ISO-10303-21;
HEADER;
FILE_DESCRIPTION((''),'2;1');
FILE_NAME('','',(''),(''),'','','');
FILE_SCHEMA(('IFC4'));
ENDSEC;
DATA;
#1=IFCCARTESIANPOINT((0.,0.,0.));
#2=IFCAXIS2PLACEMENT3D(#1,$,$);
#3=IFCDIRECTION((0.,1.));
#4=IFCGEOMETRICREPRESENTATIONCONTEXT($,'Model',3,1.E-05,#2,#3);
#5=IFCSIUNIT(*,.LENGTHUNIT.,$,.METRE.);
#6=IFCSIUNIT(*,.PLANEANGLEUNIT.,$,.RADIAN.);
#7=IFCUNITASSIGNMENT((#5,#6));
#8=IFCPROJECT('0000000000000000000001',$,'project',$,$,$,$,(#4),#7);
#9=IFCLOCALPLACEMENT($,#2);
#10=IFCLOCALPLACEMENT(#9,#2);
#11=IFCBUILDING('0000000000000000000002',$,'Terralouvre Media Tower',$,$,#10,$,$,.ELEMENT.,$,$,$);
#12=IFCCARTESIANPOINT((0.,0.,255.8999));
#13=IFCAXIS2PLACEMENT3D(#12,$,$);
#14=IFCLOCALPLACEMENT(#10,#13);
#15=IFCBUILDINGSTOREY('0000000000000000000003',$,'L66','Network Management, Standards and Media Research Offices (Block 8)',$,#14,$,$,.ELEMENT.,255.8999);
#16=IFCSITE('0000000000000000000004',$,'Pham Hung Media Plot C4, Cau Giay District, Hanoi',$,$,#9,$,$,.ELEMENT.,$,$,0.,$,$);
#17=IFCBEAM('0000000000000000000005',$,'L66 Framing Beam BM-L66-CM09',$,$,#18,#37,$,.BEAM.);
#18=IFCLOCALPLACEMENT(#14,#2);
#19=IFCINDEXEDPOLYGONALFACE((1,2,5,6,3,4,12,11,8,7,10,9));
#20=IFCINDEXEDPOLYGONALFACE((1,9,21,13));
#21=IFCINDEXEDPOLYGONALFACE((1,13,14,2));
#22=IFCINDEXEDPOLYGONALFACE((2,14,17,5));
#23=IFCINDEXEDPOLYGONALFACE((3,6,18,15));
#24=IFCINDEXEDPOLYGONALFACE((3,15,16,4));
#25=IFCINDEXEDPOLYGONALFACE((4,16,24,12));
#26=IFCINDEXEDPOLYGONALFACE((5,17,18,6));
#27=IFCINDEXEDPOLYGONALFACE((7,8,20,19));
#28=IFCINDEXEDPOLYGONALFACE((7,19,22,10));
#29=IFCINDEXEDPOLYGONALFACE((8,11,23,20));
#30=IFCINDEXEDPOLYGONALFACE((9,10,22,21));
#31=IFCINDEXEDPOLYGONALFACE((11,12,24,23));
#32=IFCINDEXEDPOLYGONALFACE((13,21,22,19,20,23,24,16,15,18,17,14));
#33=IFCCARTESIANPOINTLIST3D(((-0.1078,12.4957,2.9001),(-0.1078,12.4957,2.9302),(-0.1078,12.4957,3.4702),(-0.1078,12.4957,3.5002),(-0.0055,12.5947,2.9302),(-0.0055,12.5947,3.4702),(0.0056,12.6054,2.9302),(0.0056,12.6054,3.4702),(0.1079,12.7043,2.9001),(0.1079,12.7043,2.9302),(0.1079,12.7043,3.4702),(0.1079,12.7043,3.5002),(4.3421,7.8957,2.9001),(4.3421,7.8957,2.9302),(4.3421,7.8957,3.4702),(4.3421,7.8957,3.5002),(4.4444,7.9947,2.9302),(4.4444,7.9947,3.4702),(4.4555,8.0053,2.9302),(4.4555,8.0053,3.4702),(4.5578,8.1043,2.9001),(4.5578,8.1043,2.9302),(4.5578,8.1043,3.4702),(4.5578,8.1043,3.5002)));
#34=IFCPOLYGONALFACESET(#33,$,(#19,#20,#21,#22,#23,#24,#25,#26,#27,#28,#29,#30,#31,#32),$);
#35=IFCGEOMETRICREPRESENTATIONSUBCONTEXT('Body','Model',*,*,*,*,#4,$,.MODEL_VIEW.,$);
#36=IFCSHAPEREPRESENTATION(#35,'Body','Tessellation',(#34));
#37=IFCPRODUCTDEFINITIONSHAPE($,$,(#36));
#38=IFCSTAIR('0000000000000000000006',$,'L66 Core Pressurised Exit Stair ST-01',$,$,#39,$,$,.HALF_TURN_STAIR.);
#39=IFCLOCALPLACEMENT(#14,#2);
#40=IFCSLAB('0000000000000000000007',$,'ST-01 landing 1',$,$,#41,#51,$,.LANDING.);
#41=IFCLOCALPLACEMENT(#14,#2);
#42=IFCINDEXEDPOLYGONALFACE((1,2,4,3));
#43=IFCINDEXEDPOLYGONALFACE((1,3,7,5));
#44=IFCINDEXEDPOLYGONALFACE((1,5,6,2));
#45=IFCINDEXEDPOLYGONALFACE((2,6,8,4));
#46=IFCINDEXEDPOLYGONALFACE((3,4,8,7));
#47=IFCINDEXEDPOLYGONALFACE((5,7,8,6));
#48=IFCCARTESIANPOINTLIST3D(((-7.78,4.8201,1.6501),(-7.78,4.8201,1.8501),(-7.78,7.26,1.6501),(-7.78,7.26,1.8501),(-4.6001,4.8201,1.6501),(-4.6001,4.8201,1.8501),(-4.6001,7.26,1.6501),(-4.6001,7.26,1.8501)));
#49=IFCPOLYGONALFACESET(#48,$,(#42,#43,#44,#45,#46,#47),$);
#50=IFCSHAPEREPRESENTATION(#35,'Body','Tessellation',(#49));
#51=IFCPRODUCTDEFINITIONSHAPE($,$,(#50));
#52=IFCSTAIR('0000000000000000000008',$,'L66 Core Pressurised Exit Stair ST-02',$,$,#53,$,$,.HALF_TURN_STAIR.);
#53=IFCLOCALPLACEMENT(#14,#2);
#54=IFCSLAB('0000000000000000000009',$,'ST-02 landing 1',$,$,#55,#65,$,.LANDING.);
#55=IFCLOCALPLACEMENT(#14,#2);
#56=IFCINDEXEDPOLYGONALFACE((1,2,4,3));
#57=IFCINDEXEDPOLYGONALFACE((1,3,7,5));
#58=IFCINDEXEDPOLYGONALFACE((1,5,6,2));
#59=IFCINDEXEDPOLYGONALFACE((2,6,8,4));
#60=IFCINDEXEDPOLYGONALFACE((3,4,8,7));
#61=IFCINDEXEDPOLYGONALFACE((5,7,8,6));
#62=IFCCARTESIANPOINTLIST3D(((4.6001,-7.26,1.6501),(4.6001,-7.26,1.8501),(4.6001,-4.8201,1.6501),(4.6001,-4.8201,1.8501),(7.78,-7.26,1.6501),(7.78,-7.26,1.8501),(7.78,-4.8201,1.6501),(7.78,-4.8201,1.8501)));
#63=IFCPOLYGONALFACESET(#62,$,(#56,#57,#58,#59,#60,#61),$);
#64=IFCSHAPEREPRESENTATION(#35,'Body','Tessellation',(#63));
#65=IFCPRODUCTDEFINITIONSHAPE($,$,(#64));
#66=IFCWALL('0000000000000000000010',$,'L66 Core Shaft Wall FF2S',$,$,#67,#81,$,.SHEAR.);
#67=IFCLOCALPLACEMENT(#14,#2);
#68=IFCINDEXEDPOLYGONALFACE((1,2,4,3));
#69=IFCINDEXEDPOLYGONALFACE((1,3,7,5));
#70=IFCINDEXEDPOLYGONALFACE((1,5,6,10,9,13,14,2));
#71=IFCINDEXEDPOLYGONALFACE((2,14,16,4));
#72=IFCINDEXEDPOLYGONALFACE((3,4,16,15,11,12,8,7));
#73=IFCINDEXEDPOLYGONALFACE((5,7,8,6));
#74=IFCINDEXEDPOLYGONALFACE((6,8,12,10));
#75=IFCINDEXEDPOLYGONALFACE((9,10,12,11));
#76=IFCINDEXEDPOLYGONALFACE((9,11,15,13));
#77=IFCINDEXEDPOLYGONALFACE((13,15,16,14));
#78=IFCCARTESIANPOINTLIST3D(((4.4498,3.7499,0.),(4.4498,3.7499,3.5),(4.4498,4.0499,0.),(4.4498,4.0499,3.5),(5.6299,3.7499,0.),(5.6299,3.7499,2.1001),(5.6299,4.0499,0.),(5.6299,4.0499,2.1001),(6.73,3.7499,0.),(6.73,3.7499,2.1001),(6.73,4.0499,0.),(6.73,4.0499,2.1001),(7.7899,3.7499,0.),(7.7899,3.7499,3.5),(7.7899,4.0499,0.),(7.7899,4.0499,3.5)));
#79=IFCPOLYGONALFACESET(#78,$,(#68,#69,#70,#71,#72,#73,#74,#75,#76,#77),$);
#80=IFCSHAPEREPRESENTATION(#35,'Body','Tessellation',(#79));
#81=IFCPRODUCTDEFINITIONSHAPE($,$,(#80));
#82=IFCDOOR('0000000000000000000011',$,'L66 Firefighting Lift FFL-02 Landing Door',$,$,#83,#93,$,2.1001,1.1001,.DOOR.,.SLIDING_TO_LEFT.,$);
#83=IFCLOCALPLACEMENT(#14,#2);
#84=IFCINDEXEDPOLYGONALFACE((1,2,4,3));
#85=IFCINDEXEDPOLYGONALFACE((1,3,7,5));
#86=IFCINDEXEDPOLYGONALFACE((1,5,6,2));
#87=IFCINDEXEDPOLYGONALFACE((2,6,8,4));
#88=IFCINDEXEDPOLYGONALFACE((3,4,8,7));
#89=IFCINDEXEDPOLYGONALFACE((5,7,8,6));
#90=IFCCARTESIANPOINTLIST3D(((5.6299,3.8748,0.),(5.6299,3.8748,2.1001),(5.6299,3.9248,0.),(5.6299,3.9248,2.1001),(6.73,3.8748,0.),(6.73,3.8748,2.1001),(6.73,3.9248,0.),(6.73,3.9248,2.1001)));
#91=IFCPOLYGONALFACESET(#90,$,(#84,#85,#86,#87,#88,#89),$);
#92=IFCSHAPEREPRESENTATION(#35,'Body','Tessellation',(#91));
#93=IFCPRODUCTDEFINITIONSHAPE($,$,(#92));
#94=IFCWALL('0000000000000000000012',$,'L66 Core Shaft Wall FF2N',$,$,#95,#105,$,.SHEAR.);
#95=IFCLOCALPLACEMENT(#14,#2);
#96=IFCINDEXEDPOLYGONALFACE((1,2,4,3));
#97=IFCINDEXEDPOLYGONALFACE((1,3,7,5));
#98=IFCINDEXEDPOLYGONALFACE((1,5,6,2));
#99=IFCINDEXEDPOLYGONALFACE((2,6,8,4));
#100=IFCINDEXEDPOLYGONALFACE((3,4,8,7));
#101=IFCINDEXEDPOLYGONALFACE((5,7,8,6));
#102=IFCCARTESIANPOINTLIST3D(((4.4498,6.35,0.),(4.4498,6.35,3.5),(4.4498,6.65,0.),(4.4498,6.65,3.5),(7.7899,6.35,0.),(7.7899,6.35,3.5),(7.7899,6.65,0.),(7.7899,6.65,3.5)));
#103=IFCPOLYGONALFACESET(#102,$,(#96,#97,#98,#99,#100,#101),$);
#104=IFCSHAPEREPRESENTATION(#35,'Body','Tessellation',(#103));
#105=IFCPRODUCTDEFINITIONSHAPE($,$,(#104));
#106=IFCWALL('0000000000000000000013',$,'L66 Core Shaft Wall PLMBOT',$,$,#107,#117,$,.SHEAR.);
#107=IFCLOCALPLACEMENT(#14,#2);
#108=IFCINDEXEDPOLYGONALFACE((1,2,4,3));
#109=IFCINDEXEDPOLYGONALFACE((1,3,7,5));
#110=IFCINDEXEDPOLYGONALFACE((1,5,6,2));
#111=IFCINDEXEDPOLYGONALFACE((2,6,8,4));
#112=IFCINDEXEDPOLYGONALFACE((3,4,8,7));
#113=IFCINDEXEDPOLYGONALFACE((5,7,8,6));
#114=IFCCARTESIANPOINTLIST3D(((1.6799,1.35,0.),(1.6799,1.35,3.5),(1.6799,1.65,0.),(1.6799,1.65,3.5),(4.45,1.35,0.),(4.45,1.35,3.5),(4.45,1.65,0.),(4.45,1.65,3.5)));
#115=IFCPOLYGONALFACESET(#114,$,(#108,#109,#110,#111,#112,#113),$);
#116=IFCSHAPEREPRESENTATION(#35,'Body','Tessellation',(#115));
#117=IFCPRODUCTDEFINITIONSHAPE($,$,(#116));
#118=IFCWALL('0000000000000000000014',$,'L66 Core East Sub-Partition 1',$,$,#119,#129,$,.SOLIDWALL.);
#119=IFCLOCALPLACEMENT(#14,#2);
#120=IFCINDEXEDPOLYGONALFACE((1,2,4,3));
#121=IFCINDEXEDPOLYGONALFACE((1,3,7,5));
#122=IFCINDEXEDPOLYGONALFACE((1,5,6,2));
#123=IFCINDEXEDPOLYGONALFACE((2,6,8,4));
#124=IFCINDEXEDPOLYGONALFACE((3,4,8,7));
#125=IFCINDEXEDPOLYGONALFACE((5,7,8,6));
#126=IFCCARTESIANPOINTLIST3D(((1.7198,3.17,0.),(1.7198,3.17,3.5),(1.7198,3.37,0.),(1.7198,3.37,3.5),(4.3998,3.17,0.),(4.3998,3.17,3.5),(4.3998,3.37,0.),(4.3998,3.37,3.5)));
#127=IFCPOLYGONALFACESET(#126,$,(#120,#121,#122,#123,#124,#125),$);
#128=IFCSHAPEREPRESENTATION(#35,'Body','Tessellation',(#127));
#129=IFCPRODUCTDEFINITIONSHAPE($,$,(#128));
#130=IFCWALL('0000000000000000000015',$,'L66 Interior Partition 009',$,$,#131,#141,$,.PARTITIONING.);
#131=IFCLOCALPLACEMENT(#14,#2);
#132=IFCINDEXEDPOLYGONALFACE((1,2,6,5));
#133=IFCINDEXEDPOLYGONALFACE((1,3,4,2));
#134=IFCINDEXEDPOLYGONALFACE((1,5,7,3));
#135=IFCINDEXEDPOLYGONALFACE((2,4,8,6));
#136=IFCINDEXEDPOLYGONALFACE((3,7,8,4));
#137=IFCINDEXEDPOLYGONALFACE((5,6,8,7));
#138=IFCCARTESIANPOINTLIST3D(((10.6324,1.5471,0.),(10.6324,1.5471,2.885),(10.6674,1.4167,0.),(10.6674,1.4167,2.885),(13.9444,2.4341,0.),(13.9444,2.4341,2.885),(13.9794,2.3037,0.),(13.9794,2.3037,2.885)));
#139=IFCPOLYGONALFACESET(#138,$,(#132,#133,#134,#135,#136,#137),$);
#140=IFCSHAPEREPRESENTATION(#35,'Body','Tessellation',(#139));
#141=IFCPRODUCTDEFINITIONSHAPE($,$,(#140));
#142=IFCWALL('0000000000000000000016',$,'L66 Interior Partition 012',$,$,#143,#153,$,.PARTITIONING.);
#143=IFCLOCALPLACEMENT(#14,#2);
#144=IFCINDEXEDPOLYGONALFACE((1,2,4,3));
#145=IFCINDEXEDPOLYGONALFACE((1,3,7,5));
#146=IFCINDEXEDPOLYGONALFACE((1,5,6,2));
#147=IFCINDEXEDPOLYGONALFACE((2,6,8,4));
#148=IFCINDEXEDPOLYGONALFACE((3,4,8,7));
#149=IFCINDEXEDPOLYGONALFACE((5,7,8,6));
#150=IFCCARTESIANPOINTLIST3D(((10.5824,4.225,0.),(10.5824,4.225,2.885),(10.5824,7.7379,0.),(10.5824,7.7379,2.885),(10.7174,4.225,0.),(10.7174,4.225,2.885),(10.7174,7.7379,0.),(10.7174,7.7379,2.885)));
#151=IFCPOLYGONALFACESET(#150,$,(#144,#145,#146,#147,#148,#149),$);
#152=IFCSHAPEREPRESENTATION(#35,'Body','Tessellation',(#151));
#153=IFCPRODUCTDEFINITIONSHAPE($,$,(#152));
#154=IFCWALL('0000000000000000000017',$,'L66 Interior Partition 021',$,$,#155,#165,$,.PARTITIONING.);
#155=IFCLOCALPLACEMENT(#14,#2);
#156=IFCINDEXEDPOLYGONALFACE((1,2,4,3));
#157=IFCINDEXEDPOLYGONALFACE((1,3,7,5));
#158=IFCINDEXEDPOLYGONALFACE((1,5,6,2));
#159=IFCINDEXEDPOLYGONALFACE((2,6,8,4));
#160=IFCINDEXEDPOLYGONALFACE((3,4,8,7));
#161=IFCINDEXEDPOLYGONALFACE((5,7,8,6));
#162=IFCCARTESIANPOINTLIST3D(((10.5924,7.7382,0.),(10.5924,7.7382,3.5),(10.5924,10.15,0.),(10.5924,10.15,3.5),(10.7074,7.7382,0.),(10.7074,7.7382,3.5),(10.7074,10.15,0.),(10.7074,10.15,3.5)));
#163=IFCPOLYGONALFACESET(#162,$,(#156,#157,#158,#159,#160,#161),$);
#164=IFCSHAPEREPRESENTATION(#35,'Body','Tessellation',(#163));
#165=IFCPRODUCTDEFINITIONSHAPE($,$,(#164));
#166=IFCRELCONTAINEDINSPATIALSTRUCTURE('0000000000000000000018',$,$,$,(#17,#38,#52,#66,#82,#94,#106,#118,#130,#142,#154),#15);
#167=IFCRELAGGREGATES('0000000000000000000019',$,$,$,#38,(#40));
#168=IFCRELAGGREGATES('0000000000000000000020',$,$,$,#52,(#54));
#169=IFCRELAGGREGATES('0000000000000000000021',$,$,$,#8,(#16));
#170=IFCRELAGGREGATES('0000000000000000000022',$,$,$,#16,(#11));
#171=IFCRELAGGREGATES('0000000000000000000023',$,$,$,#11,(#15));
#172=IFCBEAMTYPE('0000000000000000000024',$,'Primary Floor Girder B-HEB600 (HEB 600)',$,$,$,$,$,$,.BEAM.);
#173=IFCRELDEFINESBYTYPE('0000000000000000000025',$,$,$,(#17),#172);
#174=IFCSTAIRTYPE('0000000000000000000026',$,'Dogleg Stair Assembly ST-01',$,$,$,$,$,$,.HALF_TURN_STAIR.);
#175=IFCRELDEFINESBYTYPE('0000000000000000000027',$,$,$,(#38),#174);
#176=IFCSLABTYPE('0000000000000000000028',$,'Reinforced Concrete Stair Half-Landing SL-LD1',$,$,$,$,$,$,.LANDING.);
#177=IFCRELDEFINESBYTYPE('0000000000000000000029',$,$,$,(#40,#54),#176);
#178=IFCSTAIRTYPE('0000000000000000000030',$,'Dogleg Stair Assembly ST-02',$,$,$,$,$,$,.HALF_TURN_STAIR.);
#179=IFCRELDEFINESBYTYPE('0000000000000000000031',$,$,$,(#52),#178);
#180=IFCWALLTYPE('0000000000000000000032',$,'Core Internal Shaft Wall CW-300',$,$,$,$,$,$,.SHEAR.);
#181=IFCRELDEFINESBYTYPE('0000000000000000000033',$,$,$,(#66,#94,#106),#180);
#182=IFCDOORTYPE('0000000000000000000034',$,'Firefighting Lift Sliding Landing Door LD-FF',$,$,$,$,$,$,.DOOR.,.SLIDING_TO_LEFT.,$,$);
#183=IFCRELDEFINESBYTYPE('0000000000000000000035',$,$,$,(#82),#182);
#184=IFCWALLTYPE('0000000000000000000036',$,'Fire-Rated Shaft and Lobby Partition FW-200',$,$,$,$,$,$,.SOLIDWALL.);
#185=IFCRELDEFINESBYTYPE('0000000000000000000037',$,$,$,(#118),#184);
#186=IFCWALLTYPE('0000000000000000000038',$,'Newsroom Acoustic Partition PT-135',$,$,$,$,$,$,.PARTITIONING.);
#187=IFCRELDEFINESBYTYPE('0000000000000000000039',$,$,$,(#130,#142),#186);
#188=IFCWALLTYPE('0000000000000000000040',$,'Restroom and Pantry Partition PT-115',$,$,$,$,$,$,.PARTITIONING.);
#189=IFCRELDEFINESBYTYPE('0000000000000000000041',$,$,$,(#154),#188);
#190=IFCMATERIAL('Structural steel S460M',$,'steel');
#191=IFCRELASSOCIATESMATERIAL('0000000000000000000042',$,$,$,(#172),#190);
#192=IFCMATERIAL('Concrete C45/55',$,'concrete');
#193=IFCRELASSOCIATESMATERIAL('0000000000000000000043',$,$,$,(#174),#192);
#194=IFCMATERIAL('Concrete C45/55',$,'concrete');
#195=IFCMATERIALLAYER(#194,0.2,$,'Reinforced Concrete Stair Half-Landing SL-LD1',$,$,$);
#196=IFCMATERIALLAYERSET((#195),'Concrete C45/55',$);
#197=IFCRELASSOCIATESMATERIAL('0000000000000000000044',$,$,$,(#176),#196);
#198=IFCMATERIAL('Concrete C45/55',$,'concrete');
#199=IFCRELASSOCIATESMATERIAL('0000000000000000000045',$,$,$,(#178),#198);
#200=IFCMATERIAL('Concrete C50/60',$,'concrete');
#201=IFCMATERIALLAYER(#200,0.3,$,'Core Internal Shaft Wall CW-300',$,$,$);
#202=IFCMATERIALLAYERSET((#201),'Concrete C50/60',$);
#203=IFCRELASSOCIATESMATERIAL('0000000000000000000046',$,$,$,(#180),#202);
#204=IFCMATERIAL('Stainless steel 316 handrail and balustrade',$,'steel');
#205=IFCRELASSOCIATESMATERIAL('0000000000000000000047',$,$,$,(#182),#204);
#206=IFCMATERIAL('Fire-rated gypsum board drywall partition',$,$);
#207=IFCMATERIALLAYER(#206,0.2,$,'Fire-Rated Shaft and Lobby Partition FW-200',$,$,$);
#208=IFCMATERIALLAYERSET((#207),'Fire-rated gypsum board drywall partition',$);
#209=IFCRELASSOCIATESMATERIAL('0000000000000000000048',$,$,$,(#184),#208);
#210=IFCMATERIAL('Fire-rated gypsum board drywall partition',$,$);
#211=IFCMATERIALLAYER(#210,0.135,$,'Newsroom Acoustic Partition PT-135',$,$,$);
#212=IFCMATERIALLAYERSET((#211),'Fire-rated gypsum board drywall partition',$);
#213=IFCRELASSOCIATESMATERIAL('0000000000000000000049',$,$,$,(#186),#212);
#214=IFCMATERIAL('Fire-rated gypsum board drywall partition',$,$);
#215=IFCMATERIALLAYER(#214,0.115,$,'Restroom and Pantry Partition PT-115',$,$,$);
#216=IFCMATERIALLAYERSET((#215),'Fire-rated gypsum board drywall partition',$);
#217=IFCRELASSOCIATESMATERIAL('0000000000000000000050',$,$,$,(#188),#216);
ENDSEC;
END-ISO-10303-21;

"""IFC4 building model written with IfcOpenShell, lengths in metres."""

from ifc_helpers import new_model, si_unit, direction, frame, frame_2d, origin, origin_2d, place, context, subcontext, project, spatial, polyline, rectangle, i_section, outline, extrude, material, layer, layer_set, material_profile, profile_set, type_object, element, fill, aggregate, save


model = new_model("IFC4")

# Units and contexts
model_context = context("Model", 3, precision=1e-05, world=origin(), true_north=direction((0.0, 1.0)))
body_context = subcontext(model_context, "Body", "Model", "MODEL_VIEW")
ifc_project = project(units=[si_unit("LENGTHUNIT", "METRE"), si_unit("PLANEANGLEUNIT", "RADIAN")], contexts=[model_context])

# Site, building, storey
site_placement = place(None, origin())
site = spatial("IfcSite", under=ifc_project, at=site_placement, Name="Pham Hung Media Plot C4, Cau Giay District, Hanoi", CompositionType="ELEMENT", RefElevation=0.0)
building_placement = place(site_placement, origin())
building = spatial("IfcBuilding", under=site, at=building_placement, Name="Terralouvre Media Tower", CompositionType="ELEMENT")
storey_placement = place(building_placement, frame((0.0, 0.0, 255.8999)))
storey = spatial("IfcBuildingStorey", under=building, at=storey_placement, Name="L66", Description="Network Management, Standards and Media Research Offices (Block 8)", CompositionType="ELEMENT", Elevation=255.8999)

# Beam
ifc_material_1 = material(Name="Structural steel S460M", Category="steel")
ifc_material_profile_1 = material_profile(ifc_material_1, i_section(OverallWidth=0.3, OverallDepth=0.6001, WebThickness=0.0154, FlangeThickness=0.03, at=origin_2d()), Name="HEB 600")
ifc_profile_set_1 = profile_set([ifc_material_profile_1], Name="Structural steel S460M")
beam_type = type_object("IfcBeamType", Name="Primary Floor Girder B-HEB600 (HEB 600)", PredefinedType="BEAM", material=ifc_profile_set_1)
beam_1_placement = place(storey_placement, frame((4.45, 8.0, 3.2002), z_axis=(-0.69528, 0.718739, 0.0), x_axis=(-0.718739, -0.69528, 0.0)))
element("IfcBeam", 1, at=beam_1_placement, inside=storey, type_object=beam_type, Name="L66 Framing Beam BM-L66-CM09", PredefinedType="BEAM", context=body_context, shape_type="SweptSolid", body=[
    extrude(i_section(OverallWidth=0.3, OverallDepth=0.6001, WebThickness=0.0154, FlangeThickness=0.03, at=origin_2d()), origin(), (0.0, 0.0, 1.0), 6.4001),
])

# Stairs, slabs
ifc_material_2 = material(Name="Concrete C45/55", Category="concrete")
stair_type_1 = type_object("IfcStairType", Name="Dogleg Stair Assembly ST-01", PredefinedType="HALF_TURN_STAIR", material=ifc_material_2)
stair_1_placement = place(storey_placement, origin())
stair_1 = element("IfcStair", 2, at=stair_1_placement, inside=storey, type_object=stair_type_1, Name="L66 Core Pressurised Exit Stair ST-01", PredefinedType="HALF_TURN_STAIR")
ifc_material_3 = material(Name="Concrete C45/55", Category="concrete")
ifc_layer_1 = layer(ifc_material_3, 0.2, Name="Reinforced Concrete Stair Half-Landing SL-LD1")
ifc_layer_set_1 = layer_set([ifc_layer_1], Name="Concrete C45/55")
slab_type = type_object("IfcSlabType", Name="Reinforced Concrete Stair Half-Landing SL-LD1", PredefinedType="LANDING", material=ifc_layer_set_1)
slab_1_placement = place(storey_placement, frame((0.0, 0.0, 1.6501)))
slab_1 = element("IfcSlab", 3, at=slab_1_placement, type_object=slab_type, Name="ST-01 landing 1", PredefinedType="LANDING", context=body_context, shape_type="SweptSolid", body=[
    extrude(outline(polyline([(-4.6001, 4.8201), (-4.6001, 7.26), (-7.78, 7.26), (-7.78, 4.8201), (-4.6001, 4.8201)])), origin(), (0.0, 0.0, 1.0), 0.2),
])
aggregate(stair_1, [slab_1])
ifc_material_4 = material(Name="Concrete C45/55", Category="concrete")
stair_type_2 = type_object("IfcStairType", Name="Dogleg Stair Assembly ST-02", PredefinedType="HALF_TURN_STAIR", material=ifc_material_4)
stair_2_placement = place(storey_placement, origin())
stair_2 = element("IfcStair", 4, at=stair_2_placement, inside=storey, type_object=stair_type_2, Name="L66 Core Pressurised Exit Stair ST-02", PredefinedType="HALF_TURN_STAIR")
slab_2_placement = place(storey_placement, frame((0.0, 0.0, 1.6501)))
slab_2 = element("IfcSlab", 5, at=slab_2_placement, type_object=slab_type, Name="ST-02 landing 1", PredefinedType="LANDING", context=body_context, shape_type="SweptSolid", body=[
    extrude(outline(polyline([(4.6001, -4.8201), (4.6001, -7.26), (7.78, -7.26), (7.78, -4.8201), (4.6001, -4.8201)])), origin(), (0.0, 0.0, 1.0), 0.2),
])
aggregate(stair_2, [slab_2])

# Wall, opening, door
ifc_material_5 = material(Name="Concrete C50/60", Category="concrete")
ifc_layer_2 = layer(ifc_material_5, 0.3, Name="Core Internal Shaft Wall CW-300")
ifc_layer_set_2 = layer_set([ifc_layer_2], Name="Concrete C50/60")
wall_type_1 = type_object("IfcWallType", Name="Core Internal Shaft Wall CW-300", PredefinedType="SHEAR", material=ifc_layer_set_2)
wall_1_placement = place(storey_placement, frame((4.45, 3.8999, 0.0), z_axis=(0.0, 0.0, 1.0), x_axis=(1.0, 0.0, 0.0)))
wall_1 = element("IfcWall", 6, at=wall_1_placement, inside=storey, type_object=wall_type_1, Name="L66 Core Shaft Wall FF2S", PredefinedType="SHEAR", context=body_context, shape_type="SweptSolid", body=[
    extrude(rectangle(XDim=3.3401, YDim=0.3, at=frame_2d((1.6699, 0.0))), origin(), (0.0, 0.0, 1.0), 3.5),
])
opening_placement = place(wall_1_placement, frame((1.1799, 0.0, 0.0)))
opening = element("IfcOpeningElement", 7, at=opening_placement, cuts=wall_1, PredefinedType="OPENING", context=body_context, shape_type="SweptSolid", body=[
    extrude(rectangle(XDim=1.1001, YDim=2.1001, at=frame_2d((0.55, 1.05))), frame((0.0, 0.1599, 0.0), z_axis=(0.0, -1.0, 0.0), x_axis=(1.0, 0.0, 0.0)), (0.0, 0.0, 1.0), 0.3201),
])
ifc_material_6 = material(Name="Stainless steel 316 handrail and balustrade", Category="steel")
door_type = type_object("IfcDoorType", Name="Firefighting Lift Sliding Landing Door LD-FF", OperationType="SLIDING_TO_LEFT", PredefinedType="DOOR", material=ifc_material_6)
door_placement = place(opening_placement, origin())
door = element("IfcDoor", 8, at=door_placement, inside=storey, type_object=door_type, Name="L66 Firefighting Lift FFL-02 Landing Door", OperationType="SLIDING_TO_LEFT", OverallHeight=2.1001, OverallWidth=1.1001, PredefinedType="DOOR", context=body_context, shape_type="SweptSolid", body=[
    extrude(rectangle(XDim=1.1001, YDim=2.1001, at=frame_2d((0.55, 1.05))), frame((0.0, 0.0249, 0.0), z_axis=(0.0, -1.0, 0.0), x_axis=(1.0, 0.0, 0.0)), (0.0, 0.0, 1.0), 0.05),
])
fill(opening, door)

# Walls
wall_2_placement = place(storey_placement, frame((4.45, 6.5, 0.0), z_axis=(0.0, 0.0, 1.0), x_axis=(1.0, 0.0, 0.0)))
element("IfcWall", 9, at=wall_2_placement, inside=storey, type_object=wall_type_1, Name="L66 Core Shaft Wall FF2N", PredefinedType="SHEAR", context=body_context, shape_type="SweptSolid", body=[
    extrude(rectangle(XDim=3.3401, YDim=0.3, at=frame_2d((1.6699, 0.0))), origin(), (0.0, 0.0, 1.0), 3.5),
])
wall_3_placement = place(storey_placement, frame((1.6799, 1.5, 0.0), z_axis=(0.0, 0.0, 1.0), x_axis=(1.0, 0.0, 0.0)))
element("IfcWall", 10, at=wall_3_placement, inside=storey, type_object=wall_type_1, Name="L66 Core Shaft Wall PLMBOT", PredefinedType="SHEAR", context=body_context, shape_type="SweptSolid", body=[
    extrude(rectangle(XDim=2.77, YDim=0.3, at=frame_2d((1.385, 0.0))), origin(), (0.0, 0.0, 1.0), 3.5),
])
ifc_material_7 = material(Name="Fire-rated gypsum board drywall partition")
ifc_layer_3 = layer(ifc_material_7, 0.2, Name="Fire-Rated Shaft and Lobby Partition FW-200")
ifc_layer_set_3 = layer_set([ifc_layer_3], Name="Fire-rated gypsum board drywall partition")
wall_type_2 = type_object("IfcWallType", Name="Fire-Rated Shaft and Lobby Partition FW-200", PredefinedType="SOLIDWALL", material=ifc_layer_set_3)
wall_4_placement = place(storey_placement, frame((1.72, 3.27, 0.0), z_axis=(0.0, 0.0, 1.0), x_axis=(1.0, 0.0, 0.0)))
element("IfcWall", 11, at=wall_4_placement, inside=storey, type_object=wall_type_2, Name="L66 Core East Sub-Partition 1", PredefinedType="SOLIDWALL", context=body_context, shape_type="SweptSolid", body=[
    extrude(rectangle(XDim=2.6799, YDim=0.2, at=frame_2d((1.3398, 0.0))), origin(), (0.0, 0.0, 1.0), 3.5),
])
ifc_material_8 = material(Name="Fire-rated gypsum board drywall partition")
ifc_layer_4 = layer(ifc_material_8, 0.135, Name="Newsroom Acoustic Partition PT-135")
ifc_layer_set_4 = layer_set([ifc_layer_4], Name="Fire-rated gypsum board drywall partition")
wall_type_3 = type_object("IfcWallType", Name="Newsroom Acoustic Partition PT-135", PredefinedType="PARTITIONING", material=ifc_layer_set_4)
wall_5_placement = place(storey_placement, frame((10.6499, 1.4819, 0.0), z_axis=(0.0, 0.0, 1.0), x_axis=(0.965961, 0.258686, 0.0)))
element("IfcWall", 12, at=wall_5_placement, inside=storey, type_object=wall_type_3, Name="L66 Interior Partition 009", PredefinedType="PARTITIONING", context=body_context, shape_type="SweptSolid", body=[
    extrude(rectangle(XDim=3.4287, YDim=0.135, at=frame_2d((1.7144, 0.0))), origin(), (0.0, 0.0, 1.0), 2.885),
])
wall_6_placement = place(storey_placement, frame((10.6499, 4.2251, 0.0), z_axis=(0.0, 0.0, 1.0), x_axis=(0.0, 1.0, 0.0)))
element("IfcWall", 13, at=wall_6_placement, inside=storey, type_object=wall_type_3, Name="L66 Interior Partition 012", PredefinedType="PARTITIONING", context=body_context, shape_type="SweptSolid", body=[
    extrude(rectangle(XDim=3.5129, YDim=0.135, at=frame_2d((1.7563, 0.0))), origin(), (0.0, 0.0, 1.0), 2.885),
])
ifc_material_9 = material(Name="Fire-rated gypsum board drywall partition")
ifc_layer_5 = layer(ifc_material_9, 0.115, Name="Restroom and Pantry Partition PT-115")
ifc_layer_set_5 = layer_set([ifc_layer_5], Name="Fire-rated gypsum board drywall partition")
wall_type_4 = type_object("IfcWallType", Name="Restroom and Pantry Partition PT-115", PredefinedType="PARTITIONING", material=ifc_layer_set_5)
wall_7_placement = place(storey_placement, frame((10.6499, 7.738, 0.0), z_axis=(0.0, 0.0, 1.0), x_axis=(0.0, 1.0, 0.0)))
element("IfcWall", 14, at=wall_7_placement, inside=storey, type_object=wall_type_4, Name="L66 Interior Partition 021", PredefinedType="PARTITIONING", context=body_context, shape_type="SweptSolid", body=[
    extrude(rectangle(XDim=2.4119, YDim=0.115, at=frame_2d((1.2061, 0.0))), origin(), (0.0, 0.0, 1.0), 3.5),
])

save(model, "model.ifc")
